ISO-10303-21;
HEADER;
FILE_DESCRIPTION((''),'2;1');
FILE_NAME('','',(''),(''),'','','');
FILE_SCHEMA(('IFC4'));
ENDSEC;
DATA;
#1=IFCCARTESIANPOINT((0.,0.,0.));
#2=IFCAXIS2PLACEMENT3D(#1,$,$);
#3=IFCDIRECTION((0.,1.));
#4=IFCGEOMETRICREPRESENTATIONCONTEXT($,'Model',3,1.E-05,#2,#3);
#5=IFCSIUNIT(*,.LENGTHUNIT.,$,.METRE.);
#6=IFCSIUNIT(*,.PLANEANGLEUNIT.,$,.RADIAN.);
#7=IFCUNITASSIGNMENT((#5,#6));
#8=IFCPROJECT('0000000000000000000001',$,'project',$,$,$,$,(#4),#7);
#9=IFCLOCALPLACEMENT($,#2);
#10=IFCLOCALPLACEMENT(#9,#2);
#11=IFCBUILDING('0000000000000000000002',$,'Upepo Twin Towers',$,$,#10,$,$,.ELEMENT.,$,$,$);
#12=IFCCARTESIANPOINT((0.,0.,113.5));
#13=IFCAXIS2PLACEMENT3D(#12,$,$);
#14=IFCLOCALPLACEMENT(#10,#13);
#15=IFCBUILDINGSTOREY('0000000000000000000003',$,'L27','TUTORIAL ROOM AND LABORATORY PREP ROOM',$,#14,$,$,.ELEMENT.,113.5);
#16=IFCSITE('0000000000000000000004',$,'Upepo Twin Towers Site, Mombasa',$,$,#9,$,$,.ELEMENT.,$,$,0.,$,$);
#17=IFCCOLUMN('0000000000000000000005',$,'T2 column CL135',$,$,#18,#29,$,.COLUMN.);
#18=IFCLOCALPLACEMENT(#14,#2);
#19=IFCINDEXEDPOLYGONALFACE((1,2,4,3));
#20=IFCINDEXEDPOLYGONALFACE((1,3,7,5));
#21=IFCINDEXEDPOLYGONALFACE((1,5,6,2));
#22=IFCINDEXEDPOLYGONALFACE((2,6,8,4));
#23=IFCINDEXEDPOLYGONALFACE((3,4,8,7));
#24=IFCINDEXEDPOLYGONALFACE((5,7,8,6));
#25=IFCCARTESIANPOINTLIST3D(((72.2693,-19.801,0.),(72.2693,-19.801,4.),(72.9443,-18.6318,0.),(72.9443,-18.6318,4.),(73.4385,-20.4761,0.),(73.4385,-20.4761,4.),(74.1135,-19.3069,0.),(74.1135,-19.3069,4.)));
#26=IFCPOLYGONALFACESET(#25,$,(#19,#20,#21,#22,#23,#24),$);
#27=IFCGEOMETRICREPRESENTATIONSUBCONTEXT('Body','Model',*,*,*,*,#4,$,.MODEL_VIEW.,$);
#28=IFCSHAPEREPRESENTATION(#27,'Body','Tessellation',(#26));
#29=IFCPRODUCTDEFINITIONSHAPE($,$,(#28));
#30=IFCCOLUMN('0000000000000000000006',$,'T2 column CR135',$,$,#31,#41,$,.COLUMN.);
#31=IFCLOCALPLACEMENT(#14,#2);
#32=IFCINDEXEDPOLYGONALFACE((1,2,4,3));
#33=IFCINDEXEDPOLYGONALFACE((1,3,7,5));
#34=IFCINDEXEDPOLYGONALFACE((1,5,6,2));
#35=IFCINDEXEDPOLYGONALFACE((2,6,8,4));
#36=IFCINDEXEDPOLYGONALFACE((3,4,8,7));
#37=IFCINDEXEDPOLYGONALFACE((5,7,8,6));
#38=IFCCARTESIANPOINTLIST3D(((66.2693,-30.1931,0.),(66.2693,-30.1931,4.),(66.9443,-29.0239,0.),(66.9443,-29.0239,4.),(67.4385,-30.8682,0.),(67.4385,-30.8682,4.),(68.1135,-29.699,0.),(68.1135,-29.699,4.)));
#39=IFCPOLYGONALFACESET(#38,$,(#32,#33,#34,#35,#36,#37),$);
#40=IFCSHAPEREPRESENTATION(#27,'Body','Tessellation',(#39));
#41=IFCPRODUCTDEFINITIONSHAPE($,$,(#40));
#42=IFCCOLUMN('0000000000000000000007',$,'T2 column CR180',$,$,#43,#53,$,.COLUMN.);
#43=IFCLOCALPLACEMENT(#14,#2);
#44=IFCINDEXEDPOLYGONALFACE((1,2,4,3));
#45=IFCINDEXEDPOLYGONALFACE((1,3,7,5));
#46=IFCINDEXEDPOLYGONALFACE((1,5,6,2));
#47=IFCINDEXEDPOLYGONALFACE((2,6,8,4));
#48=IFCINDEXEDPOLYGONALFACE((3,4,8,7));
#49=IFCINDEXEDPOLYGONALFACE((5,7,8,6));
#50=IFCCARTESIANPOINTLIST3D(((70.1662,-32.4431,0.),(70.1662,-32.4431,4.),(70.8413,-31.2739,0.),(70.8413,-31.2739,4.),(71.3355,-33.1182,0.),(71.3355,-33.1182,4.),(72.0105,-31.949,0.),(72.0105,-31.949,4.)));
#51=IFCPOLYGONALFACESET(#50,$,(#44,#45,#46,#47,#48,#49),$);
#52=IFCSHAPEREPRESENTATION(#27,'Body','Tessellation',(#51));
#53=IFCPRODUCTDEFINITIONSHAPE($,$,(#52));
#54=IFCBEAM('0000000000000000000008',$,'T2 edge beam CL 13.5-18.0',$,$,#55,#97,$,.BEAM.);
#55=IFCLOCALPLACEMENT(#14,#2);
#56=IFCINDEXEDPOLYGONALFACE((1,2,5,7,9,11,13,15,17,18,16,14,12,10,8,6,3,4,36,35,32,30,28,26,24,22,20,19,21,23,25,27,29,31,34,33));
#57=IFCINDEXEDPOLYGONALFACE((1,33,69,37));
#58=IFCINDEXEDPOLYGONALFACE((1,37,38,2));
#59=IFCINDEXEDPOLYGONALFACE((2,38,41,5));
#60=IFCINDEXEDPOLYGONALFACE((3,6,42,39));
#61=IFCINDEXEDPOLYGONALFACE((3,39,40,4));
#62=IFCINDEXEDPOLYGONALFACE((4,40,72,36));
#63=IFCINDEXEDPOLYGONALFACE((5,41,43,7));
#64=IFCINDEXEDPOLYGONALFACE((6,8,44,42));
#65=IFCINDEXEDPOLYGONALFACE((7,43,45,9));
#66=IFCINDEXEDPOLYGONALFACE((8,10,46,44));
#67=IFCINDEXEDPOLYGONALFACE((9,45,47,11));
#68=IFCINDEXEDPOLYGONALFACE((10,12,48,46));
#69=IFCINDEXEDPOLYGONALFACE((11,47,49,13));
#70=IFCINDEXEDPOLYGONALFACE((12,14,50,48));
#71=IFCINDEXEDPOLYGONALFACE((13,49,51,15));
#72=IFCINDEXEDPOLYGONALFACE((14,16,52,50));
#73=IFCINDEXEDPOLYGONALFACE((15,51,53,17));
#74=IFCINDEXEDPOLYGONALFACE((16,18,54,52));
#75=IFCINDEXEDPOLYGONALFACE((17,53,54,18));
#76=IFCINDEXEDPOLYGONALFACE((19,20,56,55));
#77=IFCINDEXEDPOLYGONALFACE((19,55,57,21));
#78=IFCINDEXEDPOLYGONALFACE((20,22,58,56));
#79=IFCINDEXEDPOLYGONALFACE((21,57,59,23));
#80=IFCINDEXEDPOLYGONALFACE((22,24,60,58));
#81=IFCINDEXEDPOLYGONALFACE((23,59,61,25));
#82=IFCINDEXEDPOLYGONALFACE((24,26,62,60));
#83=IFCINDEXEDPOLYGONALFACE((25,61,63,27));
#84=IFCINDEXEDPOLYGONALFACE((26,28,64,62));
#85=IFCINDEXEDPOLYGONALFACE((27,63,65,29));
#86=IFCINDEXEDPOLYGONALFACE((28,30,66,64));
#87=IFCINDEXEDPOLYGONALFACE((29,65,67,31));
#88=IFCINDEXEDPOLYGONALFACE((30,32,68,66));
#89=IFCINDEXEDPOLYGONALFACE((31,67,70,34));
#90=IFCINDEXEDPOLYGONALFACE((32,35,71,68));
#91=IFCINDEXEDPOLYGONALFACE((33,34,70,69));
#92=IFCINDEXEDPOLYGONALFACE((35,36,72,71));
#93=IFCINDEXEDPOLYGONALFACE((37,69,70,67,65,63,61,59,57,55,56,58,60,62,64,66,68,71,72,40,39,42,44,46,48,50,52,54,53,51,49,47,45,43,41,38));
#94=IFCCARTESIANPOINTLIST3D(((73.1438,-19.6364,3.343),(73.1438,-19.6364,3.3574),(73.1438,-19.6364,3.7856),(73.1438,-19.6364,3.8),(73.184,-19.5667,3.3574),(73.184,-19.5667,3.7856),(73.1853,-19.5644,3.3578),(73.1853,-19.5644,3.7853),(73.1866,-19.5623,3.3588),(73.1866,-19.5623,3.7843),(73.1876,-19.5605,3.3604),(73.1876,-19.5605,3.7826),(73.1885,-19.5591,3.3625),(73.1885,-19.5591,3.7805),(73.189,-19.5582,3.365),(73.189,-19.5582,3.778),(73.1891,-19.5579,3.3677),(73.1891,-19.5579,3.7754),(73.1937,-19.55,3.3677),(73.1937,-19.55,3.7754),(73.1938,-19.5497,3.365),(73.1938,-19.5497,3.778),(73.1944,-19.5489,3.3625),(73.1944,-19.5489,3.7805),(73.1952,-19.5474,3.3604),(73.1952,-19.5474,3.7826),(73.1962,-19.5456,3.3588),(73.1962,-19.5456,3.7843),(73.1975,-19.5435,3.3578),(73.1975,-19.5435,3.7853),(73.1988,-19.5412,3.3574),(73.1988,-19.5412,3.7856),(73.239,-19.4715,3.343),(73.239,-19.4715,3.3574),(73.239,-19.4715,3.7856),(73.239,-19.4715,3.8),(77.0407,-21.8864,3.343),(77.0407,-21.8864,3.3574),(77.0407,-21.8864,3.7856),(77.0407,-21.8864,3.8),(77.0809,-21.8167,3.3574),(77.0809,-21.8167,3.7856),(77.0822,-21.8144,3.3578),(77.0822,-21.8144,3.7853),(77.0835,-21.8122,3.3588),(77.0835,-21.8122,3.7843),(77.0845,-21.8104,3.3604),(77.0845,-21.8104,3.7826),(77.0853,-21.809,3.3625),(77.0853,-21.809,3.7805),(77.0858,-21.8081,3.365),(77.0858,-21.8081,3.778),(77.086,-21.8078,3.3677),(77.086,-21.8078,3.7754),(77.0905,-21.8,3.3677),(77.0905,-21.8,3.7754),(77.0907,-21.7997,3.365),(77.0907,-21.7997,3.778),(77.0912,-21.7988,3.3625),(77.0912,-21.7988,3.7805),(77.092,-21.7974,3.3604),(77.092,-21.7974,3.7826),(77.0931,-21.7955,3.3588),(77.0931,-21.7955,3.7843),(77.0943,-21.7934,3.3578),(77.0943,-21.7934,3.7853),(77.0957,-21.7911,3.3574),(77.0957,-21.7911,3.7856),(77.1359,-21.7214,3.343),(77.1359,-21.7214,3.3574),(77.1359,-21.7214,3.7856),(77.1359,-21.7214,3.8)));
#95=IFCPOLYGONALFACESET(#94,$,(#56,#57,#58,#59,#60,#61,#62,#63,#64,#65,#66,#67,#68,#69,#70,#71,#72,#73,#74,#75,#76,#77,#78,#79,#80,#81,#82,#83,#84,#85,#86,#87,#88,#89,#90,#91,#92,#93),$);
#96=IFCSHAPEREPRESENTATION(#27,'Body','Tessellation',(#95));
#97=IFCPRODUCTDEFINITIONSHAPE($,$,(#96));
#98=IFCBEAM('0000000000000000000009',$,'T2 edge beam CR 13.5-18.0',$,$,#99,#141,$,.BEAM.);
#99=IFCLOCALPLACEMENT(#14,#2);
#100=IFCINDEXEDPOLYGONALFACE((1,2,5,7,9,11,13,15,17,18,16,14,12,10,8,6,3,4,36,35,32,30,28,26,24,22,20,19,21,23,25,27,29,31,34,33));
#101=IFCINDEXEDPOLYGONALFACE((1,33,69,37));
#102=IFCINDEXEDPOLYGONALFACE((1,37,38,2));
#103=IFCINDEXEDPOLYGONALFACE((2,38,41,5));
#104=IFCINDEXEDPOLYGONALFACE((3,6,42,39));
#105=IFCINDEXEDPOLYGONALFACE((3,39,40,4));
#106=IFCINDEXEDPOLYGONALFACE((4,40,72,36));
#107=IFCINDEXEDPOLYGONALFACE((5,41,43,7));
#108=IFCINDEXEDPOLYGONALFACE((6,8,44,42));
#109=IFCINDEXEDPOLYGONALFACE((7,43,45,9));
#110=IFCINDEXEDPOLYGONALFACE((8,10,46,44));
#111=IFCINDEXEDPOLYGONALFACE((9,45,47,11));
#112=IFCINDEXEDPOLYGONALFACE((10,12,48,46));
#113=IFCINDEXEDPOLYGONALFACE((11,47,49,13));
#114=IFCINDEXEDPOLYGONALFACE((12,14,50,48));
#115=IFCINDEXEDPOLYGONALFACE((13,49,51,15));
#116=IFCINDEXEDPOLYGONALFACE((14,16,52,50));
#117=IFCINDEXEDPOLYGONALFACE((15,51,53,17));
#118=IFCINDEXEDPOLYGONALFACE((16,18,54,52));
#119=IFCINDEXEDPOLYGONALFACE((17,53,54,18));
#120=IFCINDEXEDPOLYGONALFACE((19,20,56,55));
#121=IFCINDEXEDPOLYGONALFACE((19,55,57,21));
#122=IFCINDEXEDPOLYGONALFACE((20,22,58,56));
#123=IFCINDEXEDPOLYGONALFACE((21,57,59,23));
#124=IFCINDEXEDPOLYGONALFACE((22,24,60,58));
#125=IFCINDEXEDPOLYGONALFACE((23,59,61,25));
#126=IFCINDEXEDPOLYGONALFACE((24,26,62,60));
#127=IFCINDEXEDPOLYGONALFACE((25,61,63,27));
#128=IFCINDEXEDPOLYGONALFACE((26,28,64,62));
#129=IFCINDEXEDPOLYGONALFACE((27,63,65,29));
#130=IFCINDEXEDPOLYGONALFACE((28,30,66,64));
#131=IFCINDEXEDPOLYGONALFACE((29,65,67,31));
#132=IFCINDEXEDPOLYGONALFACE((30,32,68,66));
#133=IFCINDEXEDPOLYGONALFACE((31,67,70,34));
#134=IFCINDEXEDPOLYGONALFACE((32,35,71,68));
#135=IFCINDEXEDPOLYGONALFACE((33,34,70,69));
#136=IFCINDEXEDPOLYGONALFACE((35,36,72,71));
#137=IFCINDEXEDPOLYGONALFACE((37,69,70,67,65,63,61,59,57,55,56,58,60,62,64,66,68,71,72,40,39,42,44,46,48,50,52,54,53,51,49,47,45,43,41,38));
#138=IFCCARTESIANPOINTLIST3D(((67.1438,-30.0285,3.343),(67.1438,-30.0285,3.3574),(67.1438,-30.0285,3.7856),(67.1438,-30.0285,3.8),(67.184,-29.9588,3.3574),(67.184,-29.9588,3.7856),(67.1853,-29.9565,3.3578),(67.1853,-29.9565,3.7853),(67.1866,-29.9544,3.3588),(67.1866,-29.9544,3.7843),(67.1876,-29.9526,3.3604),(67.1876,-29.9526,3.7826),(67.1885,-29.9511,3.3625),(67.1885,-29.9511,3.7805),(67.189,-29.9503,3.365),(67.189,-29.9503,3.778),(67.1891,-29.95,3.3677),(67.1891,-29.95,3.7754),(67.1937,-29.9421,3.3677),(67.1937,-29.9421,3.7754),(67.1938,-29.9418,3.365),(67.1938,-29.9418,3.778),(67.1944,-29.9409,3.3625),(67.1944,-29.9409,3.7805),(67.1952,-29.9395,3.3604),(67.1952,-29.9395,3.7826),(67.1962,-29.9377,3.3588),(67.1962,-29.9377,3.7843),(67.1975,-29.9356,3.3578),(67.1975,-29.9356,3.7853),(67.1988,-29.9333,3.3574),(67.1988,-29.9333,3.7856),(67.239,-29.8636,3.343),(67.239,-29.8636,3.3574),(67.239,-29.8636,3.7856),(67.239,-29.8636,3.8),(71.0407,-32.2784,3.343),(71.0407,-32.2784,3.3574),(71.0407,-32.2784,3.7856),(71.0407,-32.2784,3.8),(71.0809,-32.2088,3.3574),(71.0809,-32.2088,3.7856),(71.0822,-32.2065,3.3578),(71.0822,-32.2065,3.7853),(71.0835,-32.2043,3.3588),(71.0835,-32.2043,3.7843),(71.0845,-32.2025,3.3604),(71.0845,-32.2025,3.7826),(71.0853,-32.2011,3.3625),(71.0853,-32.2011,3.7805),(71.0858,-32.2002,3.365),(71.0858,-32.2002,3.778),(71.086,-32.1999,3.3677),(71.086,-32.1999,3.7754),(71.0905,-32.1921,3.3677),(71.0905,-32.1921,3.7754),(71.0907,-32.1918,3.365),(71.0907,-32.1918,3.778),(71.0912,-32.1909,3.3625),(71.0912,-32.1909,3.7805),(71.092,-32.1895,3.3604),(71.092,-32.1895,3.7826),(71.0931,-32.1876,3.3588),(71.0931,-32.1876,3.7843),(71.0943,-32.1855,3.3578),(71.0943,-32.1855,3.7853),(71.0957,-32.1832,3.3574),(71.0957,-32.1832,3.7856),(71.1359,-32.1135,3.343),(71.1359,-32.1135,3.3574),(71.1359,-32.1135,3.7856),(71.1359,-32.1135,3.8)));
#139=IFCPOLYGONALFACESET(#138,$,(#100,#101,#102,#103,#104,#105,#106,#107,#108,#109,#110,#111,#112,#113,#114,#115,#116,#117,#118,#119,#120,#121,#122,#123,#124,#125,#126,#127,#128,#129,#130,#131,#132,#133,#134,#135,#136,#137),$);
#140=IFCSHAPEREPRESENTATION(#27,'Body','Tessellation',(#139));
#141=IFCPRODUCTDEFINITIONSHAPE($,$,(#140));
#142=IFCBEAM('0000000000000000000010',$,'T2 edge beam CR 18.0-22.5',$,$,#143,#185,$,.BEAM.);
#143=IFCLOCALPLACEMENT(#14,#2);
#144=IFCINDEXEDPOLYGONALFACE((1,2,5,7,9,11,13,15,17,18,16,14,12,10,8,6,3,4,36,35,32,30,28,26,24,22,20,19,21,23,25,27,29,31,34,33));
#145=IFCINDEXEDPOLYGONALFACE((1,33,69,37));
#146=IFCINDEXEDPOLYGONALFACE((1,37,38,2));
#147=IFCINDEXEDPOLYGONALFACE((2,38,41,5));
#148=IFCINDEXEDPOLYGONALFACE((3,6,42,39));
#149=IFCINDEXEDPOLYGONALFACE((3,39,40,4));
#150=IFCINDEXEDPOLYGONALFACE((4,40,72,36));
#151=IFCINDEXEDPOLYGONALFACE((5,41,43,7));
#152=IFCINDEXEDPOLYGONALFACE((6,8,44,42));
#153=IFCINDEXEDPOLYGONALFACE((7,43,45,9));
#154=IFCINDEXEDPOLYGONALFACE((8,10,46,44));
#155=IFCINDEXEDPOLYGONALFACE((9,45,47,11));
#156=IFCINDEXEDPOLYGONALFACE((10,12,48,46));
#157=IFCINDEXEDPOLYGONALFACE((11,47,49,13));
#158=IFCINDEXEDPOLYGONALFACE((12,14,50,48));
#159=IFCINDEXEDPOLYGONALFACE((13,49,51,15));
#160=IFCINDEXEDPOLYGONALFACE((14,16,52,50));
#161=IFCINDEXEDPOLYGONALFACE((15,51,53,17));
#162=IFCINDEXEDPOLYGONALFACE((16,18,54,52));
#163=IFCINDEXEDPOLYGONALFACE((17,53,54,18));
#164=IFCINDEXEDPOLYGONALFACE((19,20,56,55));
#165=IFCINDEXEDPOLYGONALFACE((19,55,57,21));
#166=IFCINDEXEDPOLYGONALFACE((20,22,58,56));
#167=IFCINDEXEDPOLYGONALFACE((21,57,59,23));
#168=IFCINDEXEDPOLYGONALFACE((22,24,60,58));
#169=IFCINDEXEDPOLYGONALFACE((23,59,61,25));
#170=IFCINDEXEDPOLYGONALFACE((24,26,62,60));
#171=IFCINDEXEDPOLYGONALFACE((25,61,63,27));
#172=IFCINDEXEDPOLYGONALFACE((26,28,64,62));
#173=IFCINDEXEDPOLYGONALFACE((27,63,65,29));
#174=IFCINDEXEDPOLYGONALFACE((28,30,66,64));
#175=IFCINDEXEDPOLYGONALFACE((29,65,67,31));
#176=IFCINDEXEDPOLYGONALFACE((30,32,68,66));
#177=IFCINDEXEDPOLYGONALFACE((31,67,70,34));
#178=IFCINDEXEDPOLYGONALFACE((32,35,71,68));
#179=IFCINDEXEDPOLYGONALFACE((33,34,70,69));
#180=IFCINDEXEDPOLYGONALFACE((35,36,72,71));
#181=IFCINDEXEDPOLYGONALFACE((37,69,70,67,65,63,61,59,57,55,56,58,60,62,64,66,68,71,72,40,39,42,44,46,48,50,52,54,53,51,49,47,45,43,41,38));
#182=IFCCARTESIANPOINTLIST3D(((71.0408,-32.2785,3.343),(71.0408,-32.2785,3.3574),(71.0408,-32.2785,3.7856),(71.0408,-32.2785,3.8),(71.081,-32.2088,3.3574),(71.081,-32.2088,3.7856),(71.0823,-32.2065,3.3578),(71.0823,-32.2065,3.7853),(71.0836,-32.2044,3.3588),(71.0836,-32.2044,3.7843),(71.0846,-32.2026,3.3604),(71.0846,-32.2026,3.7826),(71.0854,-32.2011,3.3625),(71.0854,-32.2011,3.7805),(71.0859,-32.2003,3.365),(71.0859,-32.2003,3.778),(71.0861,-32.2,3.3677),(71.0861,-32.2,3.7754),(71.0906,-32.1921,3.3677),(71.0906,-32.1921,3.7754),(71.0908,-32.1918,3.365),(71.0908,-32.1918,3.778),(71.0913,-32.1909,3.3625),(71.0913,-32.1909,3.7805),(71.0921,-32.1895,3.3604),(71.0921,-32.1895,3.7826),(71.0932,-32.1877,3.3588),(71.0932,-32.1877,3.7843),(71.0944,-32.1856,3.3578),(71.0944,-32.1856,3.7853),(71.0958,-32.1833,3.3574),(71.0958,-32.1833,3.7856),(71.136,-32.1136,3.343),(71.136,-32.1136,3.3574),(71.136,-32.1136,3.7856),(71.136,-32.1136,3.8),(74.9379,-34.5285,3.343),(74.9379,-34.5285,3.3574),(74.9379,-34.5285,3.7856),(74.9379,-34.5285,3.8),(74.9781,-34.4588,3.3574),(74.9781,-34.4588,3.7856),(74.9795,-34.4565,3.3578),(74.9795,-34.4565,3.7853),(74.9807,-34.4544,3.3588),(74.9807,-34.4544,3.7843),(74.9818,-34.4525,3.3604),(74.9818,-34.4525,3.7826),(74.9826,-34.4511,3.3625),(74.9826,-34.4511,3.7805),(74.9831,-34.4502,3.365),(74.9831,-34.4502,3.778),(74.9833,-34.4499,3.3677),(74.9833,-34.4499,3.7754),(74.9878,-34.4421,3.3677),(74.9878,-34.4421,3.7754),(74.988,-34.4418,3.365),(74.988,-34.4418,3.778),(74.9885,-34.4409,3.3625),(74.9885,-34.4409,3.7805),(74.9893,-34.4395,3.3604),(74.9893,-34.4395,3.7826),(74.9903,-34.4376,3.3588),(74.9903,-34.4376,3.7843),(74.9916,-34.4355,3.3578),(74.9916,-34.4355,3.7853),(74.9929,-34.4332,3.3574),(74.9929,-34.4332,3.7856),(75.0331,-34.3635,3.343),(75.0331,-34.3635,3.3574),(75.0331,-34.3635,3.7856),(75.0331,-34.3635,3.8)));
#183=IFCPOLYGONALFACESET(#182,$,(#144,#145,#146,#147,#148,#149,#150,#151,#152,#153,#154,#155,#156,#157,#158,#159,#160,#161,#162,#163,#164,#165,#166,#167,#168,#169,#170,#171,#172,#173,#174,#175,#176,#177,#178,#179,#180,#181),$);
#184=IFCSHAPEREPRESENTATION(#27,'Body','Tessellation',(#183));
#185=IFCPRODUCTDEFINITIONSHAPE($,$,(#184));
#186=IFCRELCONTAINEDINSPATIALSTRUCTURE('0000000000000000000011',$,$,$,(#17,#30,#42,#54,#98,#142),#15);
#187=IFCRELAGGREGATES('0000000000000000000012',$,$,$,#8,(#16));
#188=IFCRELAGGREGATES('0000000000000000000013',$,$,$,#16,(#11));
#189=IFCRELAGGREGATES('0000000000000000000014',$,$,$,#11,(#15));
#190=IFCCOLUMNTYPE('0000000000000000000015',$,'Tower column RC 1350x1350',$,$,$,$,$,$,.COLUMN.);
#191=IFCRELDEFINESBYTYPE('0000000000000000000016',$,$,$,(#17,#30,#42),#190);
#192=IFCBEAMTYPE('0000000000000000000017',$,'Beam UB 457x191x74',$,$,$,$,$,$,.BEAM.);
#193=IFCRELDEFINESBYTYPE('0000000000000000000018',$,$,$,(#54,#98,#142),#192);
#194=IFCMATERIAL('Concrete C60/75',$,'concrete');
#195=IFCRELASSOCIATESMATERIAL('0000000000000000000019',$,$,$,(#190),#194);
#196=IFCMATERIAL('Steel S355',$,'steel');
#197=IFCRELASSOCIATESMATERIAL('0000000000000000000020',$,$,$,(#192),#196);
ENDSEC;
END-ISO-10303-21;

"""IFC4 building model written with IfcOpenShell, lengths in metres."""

from ifc_helpers import new_model, si_unit, direction, frame, origin, origin_2d, place, context, subcontext, project, spatial, rectangle, i_section, extrude, material, material_profile, profile_set, type_object, element, save


model = new_model("IFC4")

# Units and contexts
model_context = context("Model", 3, precision=1e-05, world=origin(), true_north=direction((0.0, 1.0)))
body_context = subcontext(model_context, "Body", "Model", "MODEL_VIEW")
ifc_project = project(units=[si_unit("LENGTHUNIT", "METRE"), si_unit("PLANEANGLEUNIT", "RADIAN")], contexts=[model_context])

# Site, building, storey
site_placement = place(None, origin())
site = spatial("IfcSite", under=ifc_project, at=site_placement, Name="Upepo Twin Towers Site, Mombasa", CompositionType="ELEMENT", RefElevation=0.0)
building_placement = place(site_placement, origin())
building = spatial("IfcBuilding", under=site, at=building_placement, Name="Upepo Twin Towers", CompositionType="ELEMENT")
storey_placement = place(building_placement, frame((0.0, 0.0, 113.5)))
storey = spatial("IfcBuildingStorey", under=building, at=storey_placement, Name="L27", Description="TUTORIAL ROOM AND LABORATORY PREP ROOM", CompositionType="ELEMENT", Elevation=113.5)

# Columns
ifc_material_1 = material(Name="Concrete C60/75", Category="concrete")
ifc_material_profile_1 = material_profile(ifc_material_1, rectangle(XDim=1.3501, YDim=1.3501, at=origin_2d()), Name="RC 1350x1350")
ifc_profile_set_1 = profile_set([ifc_material_profile_1], Name="Concrete C60/75")
column_type = type_object("IfcColumnType", Name="Tower column RC 1350x1350", PredefinedType="COLUMN", material=ifc_profile_set_1)
for number, where, z_axis, x_axis, name in (
    (1, (73.1914, -19.554, 0.0), (0.0, 0.0, 1.0), (0.5, 0.866025, 0.0), "T2 column CL135"),
    (2, (67.1914, -29.946, 0.0), (0.0, 0.0, 1.0), (0.5, 0.866025, 0.0), "T2 column CR135"),
    (3, (71.0884, -32.196, 0.0), (0.0, 0.0, 1.0), (0.5, 0.866025, 0.0), "T2 column CR180"),
):
    element("IfcColumn", number, at=place(storey_placement, frame(where, z_axis=z_axis, x_axis=x_axis)), inside=storey, type_object=column_type, Name=name, PredefinedType="COLUMN", context=body_context, shape_type="SweptSolid", body=[
        extrude(rectangle(XDim=1.3501, YDim=1.3501, at=origin_2d()), origin(), (0.0, 0.0, 1.0), 4.0),
    ])

# Beams
ifc_material_2 = material(Name="Steel S355", Category="steel")
ifc_material_profile_2 = material_profile(ifc_material_2, i_section(OverallWidth=0.1904, OverallDepth=0.457, WebThickness=0.009, FlangeThickness=0.0144, FilletRadius=0.0103, at=origin_2d()), Name="UB 457x191x74")
ifc_profile_set_2 = profile_set([ifc_material_profile_2], Name="Steel S355")
beam_type_1 = type_object("IfcBeamType", Name="Beam UB 457x191x74", PredefinedType="BEAM", material=ifc_profile_set_2)
for number, where, z_axis, x_axis, name in (
    (4, (73.1914, -19.554, 3.5715), (0.866018, -0.500014, 0.0), (0.500014, 0.866018, 0.0), "T2 edge beam CL 13.5-18.0"),
    (5, (67.1914, -29.946, 3.5715), (0.866018, -0.500014, 0.0), (0.500014, 0.866018, 0.0), "T2 edge beam CR 13.5-18.0"),
):
    element("IfcBeam", number, at=place(storey_placement, frame(where, z_axis=z_axis, x_axis=x_axis)), inside=storey, type_object=beam_type_1, Name=name, PredefinedType="BEAM", context=body_context, shape_type="SweptSolid", body=[
        extrude(i_section(OverallWidth=0.1904, OverallDepth=0.457, WebThickness=0.009, FlangeThickness=0.0144, FilletRadius=0.0103, at=origin_2d()), origin(), (0.0, 0.0, 1.0), 4.4998),
    ])
beam_placement = place(storey_placement, frame((71.0884, -32.196, 3.5715), z_axis=(0.866031, -0.49999, 0.0), x_axis=(0.49999, 0.866031, 0.0)))
element("IfcBeam", 6, at=beam_placement, inside=storey, type_object=beam_type_1, Name="T2 edge beam CR 18.0-22.5", PredefinedType="BEAM", context=body_context, shape_type="SweptSolid", body=[
    extrude(i_section(OverallWidth=0.1904, OverallDepth=0.457, WebThickness=0.009, FlangeThickness=0.0144, FilletRadius=0.0103, at=origin_2d()), origin(), (0.0, 0.0, 1.0), 4.5),
])

save(model, "model.ifc")
